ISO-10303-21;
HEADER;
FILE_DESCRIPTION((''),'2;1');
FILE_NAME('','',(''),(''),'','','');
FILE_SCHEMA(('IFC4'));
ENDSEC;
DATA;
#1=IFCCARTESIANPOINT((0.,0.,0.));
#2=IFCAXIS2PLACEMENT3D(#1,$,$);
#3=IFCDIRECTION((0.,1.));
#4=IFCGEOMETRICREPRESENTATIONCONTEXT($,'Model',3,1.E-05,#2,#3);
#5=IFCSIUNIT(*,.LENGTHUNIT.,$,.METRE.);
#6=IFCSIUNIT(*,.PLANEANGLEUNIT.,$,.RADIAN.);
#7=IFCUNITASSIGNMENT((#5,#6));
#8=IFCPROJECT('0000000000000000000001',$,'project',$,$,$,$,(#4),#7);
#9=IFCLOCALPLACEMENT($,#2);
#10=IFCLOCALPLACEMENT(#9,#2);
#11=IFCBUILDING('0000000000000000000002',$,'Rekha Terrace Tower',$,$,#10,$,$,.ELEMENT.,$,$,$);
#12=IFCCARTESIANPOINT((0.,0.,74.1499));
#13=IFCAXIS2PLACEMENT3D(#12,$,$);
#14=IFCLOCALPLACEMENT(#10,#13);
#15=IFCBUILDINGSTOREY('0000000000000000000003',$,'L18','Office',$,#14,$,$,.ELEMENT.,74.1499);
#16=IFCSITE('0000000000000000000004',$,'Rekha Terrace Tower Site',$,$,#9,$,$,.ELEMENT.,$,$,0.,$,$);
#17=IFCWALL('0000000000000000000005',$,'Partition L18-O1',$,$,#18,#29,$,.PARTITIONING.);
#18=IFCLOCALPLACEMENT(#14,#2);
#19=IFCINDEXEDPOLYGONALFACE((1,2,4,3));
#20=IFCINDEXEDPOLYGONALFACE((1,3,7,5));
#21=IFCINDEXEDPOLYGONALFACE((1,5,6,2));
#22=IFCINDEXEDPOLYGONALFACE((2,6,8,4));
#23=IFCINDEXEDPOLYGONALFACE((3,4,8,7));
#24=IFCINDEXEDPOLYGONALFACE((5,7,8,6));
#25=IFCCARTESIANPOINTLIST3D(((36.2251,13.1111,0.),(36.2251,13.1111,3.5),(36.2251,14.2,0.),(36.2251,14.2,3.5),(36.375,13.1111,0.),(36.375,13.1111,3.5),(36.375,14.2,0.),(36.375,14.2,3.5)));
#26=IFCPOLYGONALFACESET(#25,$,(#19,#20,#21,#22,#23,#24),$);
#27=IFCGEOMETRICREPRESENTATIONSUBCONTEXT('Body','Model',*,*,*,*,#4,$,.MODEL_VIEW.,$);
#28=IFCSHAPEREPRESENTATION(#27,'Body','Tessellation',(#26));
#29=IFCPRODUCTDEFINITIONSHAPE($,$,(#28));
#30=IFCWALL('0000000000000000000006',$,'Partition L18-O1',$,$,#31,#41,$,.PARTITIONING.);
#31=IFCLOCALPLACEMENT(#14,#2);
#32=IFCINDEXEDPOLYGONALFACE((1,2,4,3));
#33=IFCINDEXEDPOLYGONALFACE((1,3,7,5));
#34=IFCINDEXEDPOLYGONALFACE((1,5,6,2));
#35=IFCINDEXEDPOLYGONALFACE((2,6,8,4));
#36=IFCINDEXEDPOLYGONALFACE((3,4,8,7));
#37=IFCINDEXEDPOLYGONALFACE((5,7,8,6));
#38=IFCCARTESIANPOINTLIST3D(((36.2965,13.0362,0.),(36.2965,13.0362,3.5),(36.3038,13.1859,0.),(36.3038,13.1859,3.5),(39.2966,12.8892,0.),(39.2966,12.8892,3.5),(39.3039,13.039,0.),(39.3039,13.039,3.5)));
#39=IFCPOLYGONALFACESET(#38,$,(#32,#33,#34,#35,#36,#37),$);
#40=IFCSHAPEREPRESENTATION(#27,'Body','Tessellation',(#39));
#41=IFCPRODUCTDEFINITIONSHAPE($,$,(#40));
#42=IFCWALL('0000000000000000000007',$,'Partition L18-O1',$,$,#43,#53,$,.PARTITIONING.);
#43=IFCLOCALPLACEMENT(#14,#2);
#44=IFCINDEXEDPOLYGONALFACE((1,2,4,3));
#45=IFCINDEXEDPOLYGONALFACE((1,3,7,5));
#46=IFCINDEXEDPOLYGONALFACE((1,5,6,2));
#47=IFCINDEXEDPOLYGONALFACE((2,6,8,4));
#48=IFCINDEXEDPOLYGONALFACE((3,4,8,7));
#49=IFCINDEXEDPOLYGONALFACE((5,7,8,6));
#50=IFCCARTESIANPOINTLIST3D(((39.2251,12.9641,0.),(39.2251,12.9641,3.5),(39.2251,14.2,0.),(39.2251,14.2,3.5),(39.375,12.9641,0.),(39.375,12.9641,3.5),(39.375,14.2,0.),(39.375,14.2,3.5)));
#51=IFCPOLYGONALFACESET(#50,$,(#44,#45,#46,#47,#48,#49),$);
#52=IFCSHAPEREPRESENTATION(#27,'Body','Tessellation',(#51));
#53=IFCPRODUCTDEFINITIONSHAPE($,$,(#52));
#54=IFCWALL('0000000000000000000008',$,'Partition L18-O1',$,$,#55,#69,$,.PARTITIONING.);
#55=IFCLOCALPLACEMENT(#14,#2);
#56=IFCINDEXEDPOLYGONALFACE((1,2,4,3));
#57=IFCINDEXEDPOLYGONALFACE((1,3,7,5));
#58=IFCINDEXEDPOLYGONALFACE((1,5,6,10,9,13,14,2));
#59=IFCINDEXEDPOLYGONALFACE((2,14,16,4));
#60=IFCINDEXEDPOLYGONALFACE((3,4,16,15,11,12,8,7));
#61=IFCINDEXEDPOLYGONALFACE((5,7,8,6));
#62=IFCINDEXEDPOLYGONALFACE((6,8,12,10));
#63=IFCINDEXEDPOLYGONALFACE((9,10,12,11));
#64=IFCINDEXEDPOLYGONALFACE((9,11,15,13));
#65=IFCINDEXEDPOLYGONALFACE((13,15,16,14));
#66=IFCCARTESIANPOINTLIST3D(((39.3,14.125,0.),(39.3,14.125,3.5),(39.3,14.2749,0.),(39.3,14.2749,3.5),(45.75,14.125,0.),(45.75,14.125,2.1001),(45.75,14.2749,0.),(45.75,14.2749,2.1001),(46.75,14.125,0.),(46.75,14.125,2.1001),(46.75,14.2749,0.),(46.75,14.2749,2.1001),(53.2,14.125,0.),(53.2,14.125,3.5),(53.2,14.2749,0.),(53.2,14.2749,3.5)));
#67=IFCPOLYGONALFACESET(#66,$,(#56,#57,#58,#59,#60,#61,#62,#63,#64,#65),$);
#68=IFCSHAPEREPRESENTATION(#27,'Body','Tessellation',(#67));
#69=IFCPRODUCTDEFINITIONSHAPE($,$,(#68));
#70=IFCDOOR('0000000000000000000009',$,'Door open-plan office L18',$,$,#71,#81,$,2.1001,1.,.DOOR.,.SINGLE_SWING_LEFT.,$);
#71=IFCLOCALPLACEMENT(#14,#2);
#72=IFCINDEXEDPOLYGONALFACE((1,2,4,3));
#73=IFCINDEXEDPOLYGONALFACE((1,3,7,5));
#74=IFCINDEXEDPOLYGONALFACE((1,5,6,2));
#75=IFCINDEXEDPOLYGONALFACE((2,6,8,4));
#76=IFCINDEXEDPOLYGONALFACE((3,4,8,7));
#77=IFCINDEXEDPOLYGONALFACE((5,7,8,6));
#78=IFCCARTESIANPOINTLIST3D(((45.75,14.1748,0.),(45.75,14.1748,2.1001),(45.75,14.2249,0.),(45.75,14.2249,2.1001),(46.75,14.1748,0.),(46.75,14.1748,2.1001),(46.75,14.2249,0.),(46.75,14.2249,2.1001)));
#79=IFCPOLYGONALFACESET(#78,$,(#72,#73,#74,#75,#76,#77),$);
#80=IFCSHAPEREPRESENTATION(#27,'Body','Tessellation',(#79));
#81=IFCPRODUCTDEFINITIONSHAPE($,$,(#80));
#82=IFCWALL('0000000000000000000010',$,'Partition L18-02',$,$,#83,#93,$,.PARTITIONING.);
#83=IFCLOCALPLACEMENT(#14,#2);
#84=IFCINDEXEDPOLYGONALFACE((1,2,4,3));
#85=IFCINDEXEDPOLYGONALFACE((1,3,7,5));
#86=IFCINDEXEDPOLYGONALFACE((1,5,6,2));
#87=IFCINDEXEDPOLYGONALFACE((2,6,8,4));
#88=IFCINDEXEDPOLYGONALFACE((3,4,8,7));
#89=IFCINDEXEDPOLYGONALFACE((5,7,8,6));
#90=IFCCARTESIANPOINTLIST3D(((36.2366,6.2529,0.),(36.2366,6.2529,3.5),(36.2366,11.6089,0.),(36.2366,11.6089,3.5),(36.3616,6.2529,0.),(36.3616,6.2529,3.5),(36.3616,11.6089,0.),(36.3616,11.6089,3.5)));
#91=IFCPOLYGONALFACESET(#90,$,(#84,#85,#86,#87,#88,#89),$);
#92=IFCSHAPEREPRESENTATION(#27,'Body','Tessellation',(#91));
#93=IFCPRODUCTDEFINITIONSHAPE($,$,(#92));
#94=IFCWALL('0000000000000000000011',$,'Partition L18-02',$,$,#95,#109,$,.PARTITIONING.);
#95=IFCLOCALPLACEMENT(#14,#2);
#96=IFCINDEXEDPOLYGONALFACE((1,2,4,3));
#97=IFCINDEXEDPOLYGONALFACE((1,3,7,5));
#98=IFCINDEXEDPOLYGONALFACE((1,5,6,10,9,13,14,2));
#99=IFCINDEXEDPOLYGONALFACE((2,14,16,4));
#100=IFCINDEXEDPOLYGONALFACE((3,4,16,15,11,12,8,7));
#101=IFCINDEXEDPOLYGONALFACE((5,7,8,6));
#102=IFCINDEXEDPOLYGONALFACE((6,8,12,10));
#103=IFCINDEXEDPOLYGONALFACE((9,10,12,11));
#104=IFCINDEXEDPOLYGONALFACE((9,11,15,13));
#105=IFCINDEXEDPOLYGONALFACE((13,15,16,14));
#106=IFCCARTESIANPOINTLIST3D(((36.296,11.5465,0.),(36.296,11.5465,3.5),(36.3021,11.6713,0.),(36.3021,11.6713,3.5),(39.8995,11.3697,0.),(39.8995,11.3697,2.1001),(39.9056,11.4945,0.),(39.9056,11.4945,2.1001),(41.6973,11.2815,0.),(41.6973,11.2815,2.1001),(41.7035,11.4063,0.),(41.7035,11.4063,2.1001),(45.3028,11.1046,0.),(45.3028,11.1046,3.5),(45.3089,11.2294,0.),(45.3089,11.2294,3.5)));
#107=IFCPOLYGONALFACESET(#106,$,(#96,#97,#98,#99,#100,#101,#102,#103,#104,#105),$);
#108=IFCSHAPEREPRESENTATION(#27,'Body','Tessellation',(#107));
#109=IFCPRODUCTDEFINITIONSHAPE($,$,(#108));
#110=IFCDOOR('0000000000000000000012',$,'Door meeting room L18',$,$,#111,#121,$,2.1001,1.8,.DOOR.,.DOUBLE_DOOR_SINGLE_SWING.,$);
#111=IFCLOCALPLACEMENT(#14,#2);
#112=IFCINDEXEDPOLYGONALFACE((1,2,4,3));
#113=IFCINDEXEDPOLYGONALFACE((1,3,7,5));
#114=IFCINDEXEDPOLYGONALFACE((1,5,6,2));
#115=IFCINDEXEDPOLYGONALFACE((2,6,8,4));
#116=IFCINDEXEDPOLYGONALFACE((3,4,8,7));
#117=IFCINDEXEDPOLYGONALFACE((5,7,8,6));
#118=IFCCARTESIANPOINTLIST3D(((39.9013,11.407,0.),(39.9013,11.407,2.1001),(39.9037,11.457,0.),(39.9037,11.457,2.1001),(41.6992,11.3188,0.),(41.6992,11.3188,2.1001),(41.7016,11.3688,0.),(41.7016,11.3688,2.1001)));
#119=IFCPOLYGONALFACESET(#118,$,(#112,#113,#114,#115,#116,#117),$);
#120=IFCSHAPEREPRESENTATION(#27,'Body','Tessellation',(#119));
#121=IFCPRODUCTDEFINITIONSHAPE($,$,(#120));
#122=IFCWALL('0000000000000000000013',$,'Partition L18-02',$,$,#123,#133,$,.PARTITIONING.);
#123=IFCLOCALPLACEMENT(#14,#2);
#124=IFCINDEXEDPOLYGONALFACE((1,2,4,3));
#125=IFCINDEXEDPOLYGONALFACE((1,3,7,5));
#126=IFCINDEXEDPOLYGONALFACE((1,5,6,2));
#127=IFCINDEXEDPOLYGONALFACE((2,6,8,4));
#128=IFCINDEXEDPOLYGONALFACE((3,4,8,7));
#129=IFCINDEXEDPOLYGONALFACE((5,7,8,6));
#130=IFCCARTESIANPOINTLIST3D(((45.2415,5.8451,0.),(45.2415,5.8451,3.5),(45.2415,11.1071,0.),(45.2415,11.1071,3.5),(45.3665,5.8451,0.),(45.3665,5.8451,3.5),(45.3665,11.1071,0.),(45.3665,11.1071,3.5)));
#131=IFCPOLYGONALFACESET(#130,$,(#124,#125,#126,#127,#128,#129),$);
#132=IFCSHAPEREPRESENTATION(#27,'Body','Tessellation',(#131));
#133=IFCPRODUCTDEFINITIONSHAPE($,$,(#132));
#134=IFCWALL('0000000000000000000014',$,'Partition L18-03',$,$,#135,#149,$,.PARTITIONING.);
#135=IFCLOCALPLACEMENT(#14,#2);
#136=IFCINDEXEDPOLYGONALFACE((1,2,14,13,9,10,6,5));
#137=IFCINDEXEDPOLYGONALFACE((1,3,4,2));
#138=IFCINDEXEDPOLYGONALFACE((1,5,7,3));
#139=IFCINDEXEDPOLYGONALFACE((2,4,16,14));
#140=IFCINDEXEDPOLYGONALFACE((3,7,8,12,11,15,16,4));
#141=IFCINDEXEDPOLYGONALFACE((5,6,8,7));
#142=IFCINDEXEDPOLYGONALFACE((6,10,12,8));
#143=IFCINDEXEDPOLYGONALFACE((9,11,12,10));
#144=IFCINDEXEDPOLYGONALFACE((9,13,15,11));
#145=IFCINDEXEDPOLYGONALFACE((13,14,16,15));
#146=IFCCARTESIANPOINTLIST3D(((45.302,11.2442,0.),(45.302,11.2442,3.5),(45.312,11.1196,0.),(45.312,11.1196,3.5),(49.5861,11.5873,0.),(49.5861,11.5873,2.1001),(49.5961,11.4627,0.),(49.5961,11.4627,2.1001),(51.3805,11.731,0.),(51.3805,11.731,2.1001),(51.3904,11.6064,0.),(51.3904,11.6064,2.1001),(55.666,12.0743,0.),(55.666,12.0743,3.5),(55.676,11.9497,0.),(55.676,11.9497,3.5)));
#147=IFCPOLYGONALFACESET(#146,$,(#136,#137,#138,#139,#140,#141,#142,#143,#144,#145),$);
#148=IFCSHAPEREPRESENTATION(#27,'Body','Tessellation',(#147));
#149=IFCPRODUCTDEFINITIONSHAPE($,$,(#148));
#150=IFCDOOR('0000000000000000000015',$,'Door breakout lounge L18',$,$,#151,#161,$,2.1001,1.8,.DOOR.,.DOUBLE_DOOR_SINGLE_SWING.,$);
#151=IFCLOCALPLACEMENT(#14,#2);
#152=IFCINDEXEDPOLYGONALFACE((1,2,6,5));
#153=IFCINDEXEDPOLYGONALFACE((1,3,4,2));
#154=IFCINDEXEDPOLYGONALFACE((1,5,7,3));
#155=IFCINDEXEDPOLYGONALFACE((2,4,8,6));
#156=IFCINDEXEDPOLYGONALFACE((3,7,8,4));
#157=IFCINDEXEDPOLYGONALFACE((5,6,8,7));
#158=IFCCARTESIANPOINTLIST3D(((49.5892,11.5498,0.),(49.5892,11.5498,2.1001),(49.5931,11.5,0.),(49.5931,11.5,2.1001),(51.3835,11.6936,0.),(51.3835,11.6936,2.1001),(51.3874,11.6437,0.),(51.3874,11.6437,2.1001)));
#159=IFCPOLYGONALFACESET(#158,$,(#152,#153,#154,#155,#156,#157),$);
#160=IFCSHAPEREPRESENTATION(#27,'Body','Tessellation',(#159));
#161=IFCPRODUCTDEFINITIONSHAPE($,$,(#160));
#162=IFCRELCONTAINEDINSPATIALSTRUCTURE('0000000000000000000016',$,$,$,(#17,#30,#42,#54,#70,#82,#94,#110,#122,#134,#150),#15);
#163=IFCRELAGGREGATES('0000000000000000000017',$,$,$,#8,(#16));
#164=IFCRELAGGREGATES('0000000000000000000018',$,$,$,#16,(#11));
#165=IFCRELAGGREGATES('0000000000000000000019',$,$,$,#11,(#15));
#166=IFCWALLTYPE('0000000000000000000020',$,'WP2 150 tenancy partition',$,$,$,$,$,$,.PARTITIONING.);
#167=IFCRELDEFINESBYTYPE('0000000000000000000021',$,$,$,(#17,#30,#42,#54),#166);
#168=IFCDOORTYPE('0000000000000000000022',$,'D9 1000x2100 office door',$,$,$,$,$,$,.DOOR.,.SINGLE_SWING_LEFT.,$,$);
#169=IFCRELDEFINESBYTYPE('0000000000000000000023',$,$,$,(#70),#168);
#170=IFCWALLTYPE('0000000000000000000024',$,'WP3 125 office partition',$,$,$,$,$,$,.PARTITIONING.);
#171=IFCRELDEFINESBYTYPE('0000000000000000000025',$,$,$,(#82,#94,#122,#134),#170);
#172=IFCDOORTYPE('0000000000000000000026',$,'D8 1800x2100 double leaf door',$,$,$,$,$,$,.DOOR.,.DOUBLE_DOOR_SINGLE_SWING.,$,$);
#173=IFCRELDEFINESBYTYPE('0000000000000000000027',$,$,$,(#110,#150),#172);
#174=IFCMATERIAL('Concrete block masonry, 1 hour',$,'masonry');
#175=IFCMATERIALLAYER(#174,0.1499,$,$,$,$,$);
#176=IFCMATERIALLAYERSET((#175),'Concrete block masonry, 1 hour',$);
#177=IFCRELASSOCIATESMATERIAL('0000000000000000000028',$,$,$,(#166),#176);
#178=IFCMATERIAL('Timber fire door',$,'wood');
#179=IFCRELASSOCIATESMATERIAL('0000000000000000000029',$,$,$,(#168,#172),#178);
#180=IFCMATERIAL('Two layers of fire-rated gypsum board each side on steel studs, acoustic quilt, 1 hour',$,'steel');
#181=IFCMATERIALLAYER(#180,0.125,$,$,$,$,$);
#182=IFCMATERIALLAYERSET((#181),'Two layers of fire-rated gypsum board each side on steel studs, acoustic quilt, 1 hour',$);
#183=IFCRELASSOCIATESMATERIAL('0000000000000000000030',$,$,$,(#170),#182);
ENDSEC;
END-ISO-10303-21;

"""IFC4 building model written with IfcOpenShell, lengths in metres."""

from ifc_helpers import new_model, si_unit, direction, frame, frame_2d, origin, place, context, subcontext, project, spatial, rectangle, extrude, material, layer, layer_set, type_object, element, fill, save


model = new_model("IFC4")

# Units and contexts
model_context = context("Model", 3, precision=1e-05, world=origin(), true_north=direction((0.0, 1.0)))
body_context = subcontext(model_context, "Body", "Model", "MODEL_VIEW")
ifc_project = project(units=[si_unit("LENGTHUNIT", "METRE"), si_unit("PLANEANGLEUNIT", "RADIAN")], contexts=[model_context])

# Site, building, storey
site_placement = place(None, origin())
site = spatial("IfcSite", under=ifc_project, at=site_placement, Name="Rekha Terrace Tower Site", CompositionType="ELEMENT", RefElevation=0.0)
building_placement = place(site_placement, origin())
building = spatial("IfcBuilding", under=site, at=building_placement, Name="Rekha Terrace Tower", CompositionType="ELEMENT")
storey_placement = place(building_placement, frame((0.0, 0.0, 74.1499)))
storey = spatial("IfcBuildingStorey", under=building, at=storey_placement, Name="L18", Description="Office", CompositionType="ELEMENT", Elevation=74.1499)

# Shared definitions
ifc_material_1 = material(Name="Concrete block masonry, 1 hour", Category="masonry")
ifc_layer_1 = layer(ifc_material_1, 0.1499)
ifc_layer_set_1 = layer_set([ifc_layer_1], Name="Concrete block masonry, 1 hour")
wall_type_1 = type_object("IfcWallType", Name="WP2 150 tenancy partition", PredefinedType="PARTITIONING", material=ifc_layer_set_1)

# Walls
wall_1_placement = place(storey_placement, frame((36.3, 14.2, 0.0), z_axis=(0.0, 0.0, 1.0), x_axis=(0.0, -1.0, 0.0)))
element("IfcWall", 1, at=wall_1_placement, inside=storey, type_object=wall_type_1, Name="Partition L18-O1", PredefinedType="PARTITIONING", context=body_context, shape_type="SweptSolid", body=[
    extrude(rectangle(XDim=1.0889, YDim=0.1499, at=frame_2d((0.5444, 0.0))), origin(), (0.0, 0.0, 1.0), 3.5),
])
wall_2_placement = place(storey_placement, frame((36.3, 13.1111, 0.0), z_axis=(0.0, 0.0, 1.0), x_axis=(0.998802, -0.048932, 0.0)))
element("IfcWall", 2, at=wall_2_placement, inside=storey, type_object=wall_type_1, Name="Partition L18-O1", PredefinedType="PARTITIONING", context=body_context, shape_type="SweptSolid", body=[
    extrude(rectangle(XDim=3.0037, YDim=0.1499, at=frame_2d((1.502, 0.0))), origin(), (0.0, 0.0, 1.0), 3.5),
])
wall_3_placement = place(storey_placement, frame((39.3, 12.9641, 0.0), z_axis=(0.0, 0.0, 1.0), x_axis=(0.0, 1.0, 0.0)))
element("IfcWall", 3, at=wall_3_placement, inside=storey, type_object=wall_type_1, Name="Partition L18-O1", PredefinedType="PARTITIONING", context=body_context, shape_type="SweptSolid", body=[
    extrude(rectangle(XDim=1.2358, YDim=0.1499, at=frame_2d((0.6179, 0.0))), origin(), (0.0, 0.0, 1.0), 3.5),
])

# Wall, opening, door
wall_4_placement = place(storey_placement, frame((39.3, 14.2, 0.0), z_axis=(0.0, 0.0, 1.0), x_axis=(1.0, 0.0, 0.0)))
wall_4 = element("IfcWall", 4, at=wall_4_placement, inside=storey, type_object=wall_type_1, Name="Partition L18-O1", PredefinedType="PARTITIONING", context=body_context, shape_type="SweptSolid", body=[
    extrude(rectangle(XDim=13.8999, YDim=0.1499, at=frame_2d((6.95, 0.0))), origin(), (0.0, 0.0, 1.0), 3.5),
])
opening_1_placement = place(wall_4_placement, frame((6.45, 0.0, 0.0)))
opening_1 = element("IfcOpeningElement", 5, at=opening_1_placement, cuts=wall_4, PredefinedType="OPENING", context=body_context, shape_type="SweptSolid", body=[
    extrude(rectangle(XDim=1.0, YDim=2.1001, at=frame_2d((0.5, 1.05))), frame((0.0, 0.085, 0.0), z_axis=(0.0, -1.0, 0.0), x_axis=(1.0, 0.0, 0.0)), (0.0, 0.0, 1.0), 0.1699),
])
ifc_material_2 = material(Name="Timber fire door", Category="wood")
door_type_1 = type_object("IfcDoorType", Name="D9 1000x2100 office door", OperationType="SINGLE_SWING_LEFT", PredefinedType="DOOR", material=ifc_material_2)
door_1_placement = place(opening_1_placement, origin())
door_1 = element("IfcDoor", 6, at=door_1_placement, inside=storey, type_object=door_type_1, Name="Door open-plan office L18", OperationType="SINGLE_SWING_LEFT", OverallHeight=2.1001, OverallWidth=1.0, PredefinedType="DOOR", context=body_context, shape_type="SweptSolid", body=[
    extrude(rectangle(XDim=1.0, YDim=2.1001, at=frame_2d((0.5, 1.05))), frame((0.0, 0.0249, 0.0), z_axis=(0.0, -1.0, 0.0), x_axis=(1.0, 0.0, 0.0)), (0.0, 0.0, 1.0), 0.05),
])
fill(opening_1, door_1)

# Wall
ifc_material_3 = material(Name="Two layers of fire-rated gypsum board each side on steel studs, acoustic quilt, 1 hour", Category="steel")
ifc_layer_2 = layer(ifc_material_3, 0.125)
ifc_layer_set_2 = layer_set([ifc_layer_2], Name="Two layers of fire-rated gypsum board each side on steel studs, acoustic quilt, 1 hour")
wall_type_2 = type_object("IfcWallType", Name="WP3 125 office partition", PredefinedType="PARTITIONING", material=ifc_layer_set_2)
wall_5_placement = place(storey_placement, frame((36.2991, 6.2529, 0.0), z_axis=(0.0, 0.0, 1.0), x_axis=(0.0, 1.0, 0.0)))
element("IfcWall", 7, at=wall_5_placement, inside=storey, type_object=wall_type_2, Name="Partition L18-02", PredefinedType="PARTITIONING", context=body_context, shape_type="SweptSolid", body=[
    extrude(rectangle(XDim=5.356, YDim=0.125, at=frame_2d((2.678, 0.0))), origin(), (0.0, 0.0, 1.0), 3.5),
])

# Wall, opening, door
wall_6_placement = place(storey_placement, frame((36.2991, 11.6089, 0.0), z_axis=(0.0, 0.0, 1.0), x_axis=(0.998799, -0.049003, 0.0)))
wall_6 = element("IfcWall", 8, at=wall_6_placement, inside=storey, type_object=wall_type_2, Name="Partition L18-02", PredefinedType="PARTITIONING", context=body_context, shape_type="SweptSolid", body=[
    extrude(rectangle(XDim=9.0176, YDim=0.125, at=frame_2d((4.5088, 0.0))), origin(), (0.0, 0.0, 1.0), 3.5),
])
opening_2_placement = place(wall_6_placement, frame((3.6079, 0.0, 0.0)))
opening_2 = element("IfcOpeningElement", 9, at=opening_2_placement, cuts=wall_6, PredefinedType="OPENING", context=body_context, shape_type="SweptSolid", body=[
    extrude(rectangle(XDim=1.8, YDim=2.1001, at=frame_2d((0.8999, 1.05))), frame((0.0, 0.0725, 0.0), z_axis=(0.0, -1.0, 0.0), x_axis=(1.0, 0.0, 0.0)), (0.0, 0.0, 1.0), 0.145),
])
door_type_2 = type_object("IfcDoorType", Name="D8 1800x2100 double leaf door", OperationType="DOUBLE_DOOR_SINGLE_SWING", PredefinedType="DOOR", material=ifc_material_2)
door_2_placement = place(opening_2_placement, origin())
door_2 = element("IfcDoor", 10, at=door_2_placement, inside=storey, type_object=door_type_2, Name="Door meeting room L18", OperationType="DOUBLE_DOOR_SINGLE_SWING", OverallHeight=2.1001, OverallWidth=1.8, PredefinedType="DOOR", context=body_context, shape_type="SweptSolid", body=[
    extrude(rectangle(XDim=1.8, YDim=2.1001, at=frame_2d((0.8999, 1.05))), frame((0.0, 0.0249, 0.0), z_axis=(0.0, -1.0, 0.0), x_axis=(1.0, 0.0, 0.0)), (0.0, 0.0, 1.0), 0.05),
])
fill(opening_2, door_2)

# Wall
wall_7_placement = place(storey_placement, frame((45.304, 11.1069, 0.0), z_axis=(0.0, 0.0, 1.0), x_axis=(0.0, -1.0, 0.0)))
element("IfcWall", 11, at=wall_7_placement, inside=storey, type_object=wall_type_2, Name="Partition L18-02", PredefinedType="PARTITIONING", context=body_context, shape_type="SweptSolid", body=[
    extrude(rectangle(XDim=5.262, YDim=0.125, at=frame_2d((2.6309, 0.0))), origin(), (0.0, 0.0, 1.0), 3.5),
])

# Wall, opening, door
wall_8_placement = place(storey_placement, frame((45.3069, 11.1819, 0.0), z_axis=(0.0, 0.0, 1.0), x_axis=(0.996808, 0.079837, 0.0)))
wall_8 = element("IfcWall", 12, at=wall_8_placement, inside=storey, type_object=wall_type_2, Name="Partition L18-03", PredefinedType="PARTITIONING", context=body_context, shape_type="SweptSolid", body=[
    extrude(rectangle(XDim=10.3972, YDim=0.125, at=frame_2d((5.1987, 0.0))), origin(), (0.0, 0.0, 1.0), 3.5),
])
opening_3_placement = place(wall_8_placement, frame((4.2981, 0.0, 0.0)))
opening_3 = element("IfcOpeningElement", 13, at=opening_3_placement, cuts=wall_8, PredefinedType="OPENING", context=body_context, shape_type="SweptSolid", body=[
    extrude(rectangle(XDim=1.8, YDim=2.1001, at=frame_2d((0.8999, 1.05))), frame((0.0, 0.0725, 0.0), z_axis=(0.0, -1.0, 0.0), x_axis=(1.0, 0.0, 0.0)), (0.0, 0.0, 1.0), 0.145),
])
door_3_placement = place(opening_3_placement, origin())
door_3 = element("IfcDoor", 14, at=door_3_placement, inside=storey, type_object=door_type_2, Name="Door breakout lounge L18", OperationType="DOUBLE_DOOR_SINGLE_SWING", OverallHeight=2.1001, OverallWidth=1.8, PredefinedType="DOOR", context=body_context, shape_type="SweptSolid", body=[
    extrude(rectangle(XDim=1.8, YDim=2.1001, at=frame_2d((0.8999, 1.05))), frame((0.0, 0.0249, 0.0), z_axis=(0.0, -1.0, 0.0), x_axis=(1.0, 0.0, 0.0)), (0.0, 0.0, 1.0), 0.05),
])
fill(opening_3, door_3)

save(model, "model.ifc")
